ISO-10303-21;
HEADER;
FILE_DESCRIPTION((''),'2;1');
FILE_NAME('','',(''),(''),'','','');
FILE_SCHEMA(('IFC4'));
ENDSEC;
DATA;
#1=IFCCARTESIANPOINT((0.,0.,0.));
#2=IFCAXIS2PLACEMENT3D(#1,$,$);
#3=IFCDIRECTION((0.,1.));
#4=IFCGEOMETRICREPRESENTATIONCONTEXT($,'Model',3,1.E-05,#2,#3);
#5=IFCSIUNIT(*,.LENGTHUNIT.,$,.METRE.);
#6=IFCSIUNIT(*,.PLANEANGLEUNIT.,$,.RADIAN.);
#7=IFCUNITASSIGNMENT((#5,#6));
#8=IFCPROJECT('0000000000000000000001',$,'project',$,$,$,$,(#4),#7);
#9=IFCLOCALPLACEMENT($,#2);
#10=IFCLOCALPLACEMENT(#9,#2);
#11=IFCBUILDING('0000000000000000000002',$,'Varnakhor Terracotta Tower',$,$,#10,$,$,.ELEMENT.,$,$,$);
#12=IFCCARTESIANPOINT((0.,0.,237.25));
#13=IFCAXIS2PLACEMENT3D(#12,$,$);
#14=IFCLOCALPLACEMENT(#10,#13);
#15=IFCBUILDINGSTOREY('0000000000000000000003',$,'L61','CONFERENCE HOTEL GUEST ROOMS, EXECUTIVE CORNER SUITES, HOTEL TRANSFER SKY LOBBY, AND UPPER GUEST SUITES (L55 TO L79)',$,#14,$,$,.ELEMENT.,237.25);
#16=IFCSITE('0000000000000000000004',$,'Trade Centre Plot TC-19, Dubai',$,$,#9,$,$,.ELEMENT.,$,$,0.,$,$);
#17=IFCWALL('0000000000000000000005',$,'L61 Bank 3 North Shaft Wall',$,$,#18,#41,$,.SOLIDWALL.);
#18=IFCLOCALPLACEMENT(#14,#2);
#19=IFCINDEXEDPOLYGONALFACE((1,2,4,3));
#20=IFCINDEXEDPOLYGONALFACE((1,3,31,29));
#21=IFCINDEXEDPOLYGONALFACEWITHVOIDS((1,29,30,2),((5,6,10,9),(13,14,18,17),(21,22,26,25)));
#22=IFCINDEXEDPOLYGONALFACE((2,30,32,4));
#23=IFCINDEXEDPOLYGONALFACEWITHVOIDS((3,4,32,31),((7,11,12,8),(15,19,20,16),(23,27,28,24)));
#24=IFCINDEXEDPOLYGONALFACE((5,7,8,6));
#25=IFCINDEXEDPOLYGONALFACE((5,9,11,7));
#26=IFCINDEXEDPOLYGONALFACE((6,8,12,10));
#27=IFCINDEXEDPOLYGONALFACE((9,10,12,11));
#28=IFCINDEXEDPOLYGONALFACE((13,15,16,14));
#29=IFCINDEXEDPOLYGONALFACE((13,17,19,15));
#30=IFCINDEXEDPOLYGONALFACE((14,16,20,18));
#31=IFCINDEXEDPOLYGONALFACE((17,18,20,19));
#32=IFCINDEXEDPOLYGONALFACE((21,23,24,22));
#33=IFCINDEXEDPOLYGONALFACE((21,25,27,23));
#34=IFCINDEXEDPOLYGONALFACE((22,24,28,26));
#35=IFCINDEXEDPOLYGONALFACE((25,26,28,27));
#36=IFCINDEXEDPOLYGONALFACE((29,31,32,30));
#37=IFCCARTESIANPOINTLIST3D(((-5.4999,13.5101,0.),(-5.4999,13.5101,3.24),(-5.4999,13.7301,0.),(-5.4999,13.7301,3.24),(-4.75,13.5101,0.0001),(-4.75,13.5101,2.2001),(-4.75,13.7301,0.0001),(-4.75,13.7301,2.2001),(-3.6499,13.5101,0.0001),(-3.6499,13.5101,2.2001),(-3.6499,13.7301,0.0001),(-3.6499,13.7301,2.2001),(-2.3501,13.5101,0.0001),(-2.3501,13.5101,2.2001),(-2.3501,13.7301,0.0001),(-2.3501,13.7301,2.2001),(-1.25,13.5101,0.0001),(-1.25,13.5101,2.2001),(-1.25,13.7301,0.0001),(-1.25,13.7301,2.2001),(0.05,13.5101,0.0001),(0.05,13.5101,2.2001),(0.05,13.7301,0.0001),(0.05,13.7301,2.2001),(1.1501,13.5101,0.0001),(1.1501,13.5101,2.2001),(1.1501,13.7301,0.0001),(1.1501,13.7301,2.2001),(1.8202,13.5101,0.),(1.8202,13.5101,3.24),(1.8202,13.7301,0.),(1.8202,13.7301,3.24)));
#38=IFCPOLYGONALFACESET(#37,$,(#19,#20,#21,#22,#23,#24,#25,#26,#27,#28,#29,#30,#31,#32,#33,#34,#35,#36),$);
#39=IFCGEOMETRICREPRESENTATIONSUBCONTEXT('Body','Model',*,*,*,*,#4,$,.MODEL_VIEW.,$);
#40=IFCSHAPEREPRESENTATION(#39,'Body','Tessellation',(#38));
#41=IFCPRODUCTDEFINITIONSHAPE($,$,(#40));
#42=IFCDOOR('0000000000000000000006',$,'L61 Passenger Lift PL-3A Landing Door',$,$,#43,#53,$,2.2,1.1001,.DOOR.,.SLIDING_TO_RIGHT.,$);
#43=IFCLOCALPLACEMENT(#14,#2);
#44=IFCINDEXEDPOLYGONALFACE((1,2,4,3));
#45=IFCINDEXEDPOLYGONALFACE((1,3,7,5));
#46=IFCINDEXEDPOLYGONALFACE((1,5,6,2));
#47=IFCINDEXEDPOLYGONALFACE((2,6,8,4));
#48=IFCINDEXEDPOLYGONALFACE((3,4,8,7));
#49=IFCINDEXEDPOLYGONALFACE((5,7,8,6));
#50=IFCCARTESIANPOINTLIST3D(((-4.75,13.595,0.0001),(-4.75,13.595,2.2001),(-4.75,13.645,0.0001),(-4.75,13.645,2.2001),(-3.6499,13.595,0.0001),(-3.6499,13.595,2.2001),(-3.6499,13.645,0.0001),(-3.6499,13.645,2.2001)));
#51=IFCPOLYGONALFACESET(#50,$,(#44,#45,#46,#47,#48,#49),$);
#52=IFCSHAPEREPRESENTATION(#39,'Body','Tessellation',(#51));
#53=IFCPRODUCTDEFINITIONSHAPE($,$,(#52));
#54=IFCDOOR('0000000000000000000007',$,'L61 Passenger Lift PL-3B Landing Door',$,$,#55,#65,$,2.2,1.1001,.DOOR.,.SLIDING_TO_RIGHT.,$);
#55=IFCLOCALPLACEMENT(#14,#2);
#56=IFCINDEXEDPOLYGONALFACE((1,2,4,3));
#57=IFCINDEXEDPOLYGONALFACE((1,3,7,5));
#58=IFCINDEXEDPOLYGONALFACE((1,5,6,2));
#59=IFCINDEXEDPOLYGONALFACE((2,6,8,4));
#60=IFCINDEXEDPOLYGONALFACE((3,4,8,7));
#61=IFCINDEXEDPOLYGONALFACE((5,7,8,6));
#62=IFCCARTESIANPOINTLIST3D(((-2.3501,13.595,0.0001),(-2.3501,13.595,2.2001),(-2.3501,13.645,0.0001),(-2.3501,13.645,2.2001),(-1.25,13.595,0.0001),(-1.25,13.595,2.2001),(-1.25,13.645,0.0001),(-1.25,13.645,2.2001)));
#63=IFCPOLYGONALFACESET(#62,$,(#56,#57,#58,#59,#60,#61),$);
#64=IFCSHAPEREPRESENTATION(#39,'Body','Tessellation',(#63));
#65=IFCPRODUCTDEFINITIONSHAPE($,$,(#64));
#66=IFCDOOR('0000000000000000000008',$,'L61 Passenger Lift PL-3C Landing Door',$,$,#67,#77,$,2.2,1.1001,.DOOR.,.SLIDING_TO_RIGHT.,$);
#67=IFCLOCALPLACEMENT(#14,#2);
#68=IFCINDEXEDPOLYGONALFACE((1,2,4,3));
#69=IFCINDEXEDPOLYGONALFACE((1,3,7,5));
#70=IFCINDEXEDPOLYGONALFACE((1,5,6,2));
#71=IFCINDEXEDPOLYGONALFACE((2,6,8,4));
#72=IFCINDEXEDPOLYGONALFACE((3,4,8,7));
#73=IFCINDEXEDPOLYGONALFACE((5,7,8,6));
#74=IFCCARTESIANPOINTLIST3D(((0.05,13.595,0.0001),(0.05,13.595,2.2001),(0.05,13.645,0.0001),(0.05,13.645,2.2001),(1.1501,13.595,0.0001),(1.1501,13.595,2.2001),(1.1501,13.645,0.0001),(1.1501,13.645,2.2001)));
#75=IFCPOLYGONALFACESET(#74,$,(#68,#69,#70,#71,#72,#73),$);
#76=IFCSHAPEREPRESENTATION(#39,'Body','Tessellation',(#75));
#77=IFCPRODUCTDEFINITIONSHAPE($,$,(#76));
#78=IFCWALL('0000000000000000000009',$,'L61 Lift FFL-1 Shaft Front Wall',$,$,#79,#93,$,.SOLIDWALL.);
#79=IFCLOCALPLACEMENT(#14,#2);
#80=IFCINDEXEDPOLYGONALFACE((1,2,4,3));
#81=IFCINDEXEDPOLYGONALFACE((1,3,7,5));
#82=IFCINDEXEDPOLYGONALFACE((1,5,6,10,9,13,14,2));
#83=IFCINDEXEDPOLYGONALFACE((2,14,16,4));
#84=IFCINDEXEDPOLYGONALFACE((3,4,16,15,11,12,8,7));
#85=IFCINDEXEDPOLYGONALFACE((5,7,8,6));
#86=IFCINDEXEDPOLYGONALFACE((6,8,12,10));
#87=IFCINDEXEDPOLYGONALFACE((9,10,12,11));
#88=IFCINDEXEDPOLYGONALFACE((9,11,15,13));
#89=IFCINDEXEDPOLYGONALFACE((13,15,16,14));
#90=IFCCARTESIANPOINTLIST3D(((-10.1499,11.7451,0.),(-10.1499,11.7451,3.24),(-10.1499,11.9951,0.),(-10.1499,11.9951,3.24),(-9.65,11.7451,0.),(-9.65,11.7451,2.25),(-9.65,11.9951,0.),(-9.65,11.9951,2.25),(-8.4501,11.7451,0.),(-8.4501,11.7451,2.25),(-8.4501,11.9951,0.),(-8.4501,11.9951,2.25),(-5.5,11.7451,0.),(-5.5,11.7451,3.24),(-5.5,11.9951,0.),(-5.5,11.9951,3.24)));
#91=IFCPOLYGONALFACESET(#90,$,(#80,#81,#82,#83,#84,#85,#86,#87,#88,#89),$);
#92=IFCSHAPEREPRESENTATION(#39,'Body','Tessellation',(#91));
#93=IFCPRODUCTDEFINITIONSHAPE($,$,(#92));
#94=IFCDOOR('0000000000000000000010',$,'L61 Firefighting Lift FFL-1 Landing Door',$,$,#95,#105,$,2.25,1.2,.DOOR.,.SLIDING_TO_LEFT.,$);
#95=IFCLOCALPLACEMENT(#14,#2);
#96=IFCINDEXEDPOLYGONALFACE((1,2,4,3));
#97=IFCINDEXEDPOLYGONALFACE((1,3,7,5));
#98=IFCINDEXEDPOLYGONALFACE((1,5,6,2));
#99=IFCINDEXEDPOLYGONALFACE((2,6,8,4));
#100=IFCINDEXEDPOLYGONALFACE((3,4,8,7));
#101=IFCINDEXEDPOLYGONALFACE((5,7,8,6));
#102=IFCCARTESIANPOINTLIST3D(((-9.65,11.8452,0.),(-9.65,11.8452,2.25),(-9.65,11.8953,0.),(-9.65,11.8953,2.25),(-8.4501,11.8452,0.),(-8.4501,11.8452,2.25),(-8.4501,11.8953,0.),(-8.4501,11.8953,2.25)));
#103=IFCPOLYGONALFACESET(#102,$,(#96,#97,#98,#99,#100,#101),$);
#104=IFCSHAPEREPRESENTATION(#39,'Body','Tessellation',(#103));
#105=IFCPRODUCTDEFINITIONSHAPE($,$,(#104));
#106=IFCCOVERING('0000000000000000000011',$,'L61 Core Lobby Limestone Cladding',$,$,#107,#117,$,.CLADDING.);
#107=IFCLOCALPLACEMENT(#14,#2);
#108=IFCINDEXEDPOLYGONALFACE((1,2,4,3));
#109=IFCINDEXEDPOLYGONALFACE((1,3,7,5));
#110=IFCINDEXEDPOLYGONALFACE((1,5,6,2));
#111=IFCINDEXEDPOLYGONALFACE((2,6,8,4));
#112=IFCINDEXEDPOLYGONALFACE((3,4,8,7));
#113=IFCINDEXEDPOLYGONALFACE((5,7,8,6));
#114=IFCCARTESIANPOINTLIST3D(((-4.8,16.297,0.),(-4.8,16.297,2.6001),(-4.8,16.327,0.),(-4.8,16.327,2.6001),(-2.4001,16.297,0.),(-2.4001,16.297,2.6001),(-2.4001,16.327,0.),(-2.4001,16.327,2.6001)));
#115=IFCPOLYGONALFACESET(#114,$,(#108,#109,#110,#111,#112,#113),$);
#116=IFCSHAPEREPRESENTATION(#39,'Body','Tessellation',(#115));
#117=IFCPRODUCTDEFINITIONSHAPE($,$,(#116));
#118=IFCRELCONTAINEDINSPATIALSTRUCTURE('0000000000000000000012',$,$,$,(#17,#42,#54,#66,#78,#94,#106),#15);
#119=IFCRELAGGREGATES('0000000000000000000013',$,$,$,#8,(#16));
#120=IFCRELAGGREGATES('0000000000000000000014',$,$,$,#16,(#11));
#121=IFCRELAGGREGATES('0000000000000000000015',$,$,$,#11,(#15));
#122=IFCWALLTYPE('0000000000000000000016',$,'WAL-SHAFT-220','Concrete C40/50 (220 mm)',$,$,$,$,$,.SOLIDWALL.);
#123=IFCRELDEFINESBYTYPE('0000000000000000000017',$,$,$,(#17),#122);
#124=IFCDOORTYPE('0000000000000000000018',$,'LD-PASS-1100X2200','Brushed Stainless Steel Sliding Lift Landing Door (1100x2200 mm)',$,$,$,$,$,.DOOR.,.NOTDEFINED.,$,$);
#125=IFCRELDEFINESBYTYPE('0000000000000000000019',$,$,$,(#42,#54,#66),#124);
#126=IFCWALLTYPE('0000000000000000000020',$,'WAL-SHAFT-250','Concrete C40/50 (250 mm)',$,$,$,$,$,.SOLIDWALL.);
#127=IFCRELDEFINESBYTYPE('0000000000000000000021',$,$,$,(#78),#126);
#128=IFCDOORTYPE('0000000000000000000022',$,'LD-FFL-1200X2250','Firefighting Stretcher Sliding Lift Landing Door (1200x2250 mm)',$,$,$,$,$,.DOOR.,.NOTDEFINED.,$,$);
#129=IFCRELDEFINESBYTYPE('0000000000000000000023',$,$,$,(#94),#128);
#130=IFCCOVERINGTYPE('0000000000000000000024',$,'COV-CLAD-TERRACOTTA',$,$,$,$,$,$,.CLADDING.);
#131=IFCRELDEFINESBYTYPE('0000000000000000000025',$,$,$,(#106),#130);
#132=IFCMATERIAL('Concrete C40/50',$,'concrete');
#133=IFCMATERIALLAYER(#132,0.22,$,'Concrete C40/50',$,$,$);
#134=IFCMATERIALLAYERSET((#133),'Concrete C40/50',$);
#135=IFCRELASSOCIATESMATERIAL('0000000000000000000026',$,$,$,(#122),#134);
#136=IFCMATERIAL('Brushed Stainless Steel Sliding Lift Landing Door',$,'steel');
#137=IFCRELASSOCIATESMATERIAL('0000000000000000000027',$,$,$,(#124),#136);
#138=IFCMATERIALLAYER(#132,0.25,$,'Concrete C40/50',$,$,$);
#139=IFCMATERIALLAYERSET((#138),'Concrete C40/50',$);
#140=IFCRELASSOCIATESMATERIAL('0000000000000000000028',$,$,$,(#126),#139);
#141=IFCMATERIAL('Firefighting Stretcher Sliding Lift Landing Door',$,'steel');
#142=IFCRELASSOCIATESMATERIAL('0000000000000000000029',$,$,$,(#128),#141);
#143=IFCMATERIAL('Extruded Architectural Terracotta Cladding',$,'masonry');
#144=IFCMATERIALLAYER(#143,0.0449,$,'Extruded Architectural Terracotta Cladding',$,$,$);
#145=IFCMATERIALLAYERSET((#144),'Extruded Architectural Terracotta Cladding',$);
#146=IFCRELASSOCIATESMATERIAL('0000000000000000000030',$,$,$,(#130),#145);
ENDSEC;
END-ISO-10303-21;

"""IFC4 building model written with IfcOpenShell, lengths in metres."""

from ifc_helpers import new_model, si_unit, direction, frame, frame_2d, origin, origin_2d, place, context, subcontext, project, spatial, rectangle, extrude, source, transform, mapped, material, layer, layer_set, type_object, type_shapes, element, fill, save


model = new_model("IFC4")

# Units and contexts
model_context = context("Model", 3, precision=1e-05, world=origin(), true_north=direction((0.0, 1.0)))
body_context = subcontext(model_context, "Body", "Model", "MODEL_VIEW")
ifc_project = project(units=[si_unit("LENGTHUNIT", "METRE"), si_unit("PLANEANGLEUNIT", "RADIAN")], contexts=[model_context])

# Site, building, storey
site_placement = place(None, origin())
site = spatial("IfcSite", under=ifc_project, at=site_placement, Name="Trade Centre Plot TC-19, Dubai", CompositionType="ELEMENT", RefElevation=0.0)
building_placement = place(site_placement, origin())
building = spatial("IfcBuilding", under=site, at=building_placement, Name="Varnakhor Terracotta Tower", CompositionType="ELEMENT")
storey_placement = place(building_placement, frame((0.0, 0.0, 237.25)))
storey = spatial("IfcBuildingStorey", under=building, at=storey_placement, Name="L61", Description="CONFERENCE HOTEL GUEST ROOMS, EXECUTIVE CORNER SUITES, HOTEL TRANSFER SKY LOBBY, AND UPPER GUEST SUITES (L55 TO L79)", CompositionType="ELEMENT", Elevation=237.25)

# Wall, openings, doors
ifc_material_1 = material(Name="Concrete C40/50", Category="concrete")
ifc_layer_1 = layer(ifc_material_1, 0.22, Name="Concrete C40/50")
ifc_layer_set_1 = layer_set([ifc_layer_1], Name="Concrete C40/50")
wall_type_1 = type_object("IfcWallType", Name="WAL-SHAFT-220", Description="Concrete C40/50 (220 mm)", PredefinedType="SOLIDWALL", material=ifc_layer_set_1)
wall_1_placement = place(storey_placement, frame((-5.5, 13.6201, 0.0), z_axis=(0.0, 0.0, 1.0), x_axis=(1.0, 0.0, 0.0)))
wall_1 = element("IfcWall", 1, at=wall_1_placement, inside=storey, type_object=wall_type_1, Name="L61 Bank 3 North Shaft Wall", PredefinedType="SOLIDWALL", context=body_context, shape_type="SweptSolid", body=[
    extrude(rectangle(XDim=7.3201, YDim=0.22, at=frame_2d((3.6602, 0.0))), origin(), (0.0, 0.0, 1.0), 3.24),
])
opening_1_placement = place(wall_1_placement, frame((0.75, 0.0, 0.0)))
opening_1 = element("IfcOpeningElement", 2, at=opening_1_placement, cuts=wall_1, PredefinedType="OPENING", context=body_context, shape_type="SweptSolid", body=[
    extrude(rectangle(XDim=1.1001, YDim=2.2, at=frame_2d((0.55, 1.1001))), frame((0.0, 0.1201, 0.0), z_axis=(0.0, -1.0, 0.0), x_axis=(1.0, 0.0, 0.0)), (0.0, 0.0, 1.0), 0.24),
])
opening_2_placement = place(wall_1_placement, frame((3.1499, 0.0, 0.0)))
opening_2 = element("IfcOpeningElement", 3, at=opening_2_placement, cuts=wall_1, PredefinedType="OPENING", context=body_context, shape_type="SweptSolid", body=[
    extrude(rectangle(XDim=1.1001, YDim=2.2, at=frame_2d((0.55, 1.1001))), frame((0.0, 0.1201, 0.0), z_axis=(0.0, -1.0, 0.0), x_axis=(1.0, 0.0, 0.0)), (0.0, 0.0, 1.0), 0.24),
])
opening_3_placement = place(wall_1_placement, frame((5.55, 0.0, 0.0)))
opening_3 = element("IfcOpeningElement", 4, at=opening_3_placement, cuts=wall_1, PredefinedType="OPENING", context=body_context, shape_type="SweptSolid", body=[
    extrude(rectangle(XDim=1.1001, YDim=2.2, at=frame_2d((0.55, 1.1001))), frame((0.0, 0.1201, 0.0), z_axis=(0.0, -1.0, 0.0), x_axis=(1.0, 0.0, 0.0)), (0.0, 0.0, 1.0), 0.24),
])
ifc_material_2 = material(Name="Brushed Stainless Steel Sliding Lift Landing Door", Category="steel")
door_type_1 = type_object("IfcDoorType", Name="LD-PASS-1100X2200", Description="Brushed Stainless Steel Sliding Lift Landing Door (1100x2200 mm)", OperationType="NOTDEFINED", PredefinedType="DOOR", material=ifc_material_2)
shared_shape_1 = source(origin(), body_context, "Body", "SweptSolid", [
    extrude(rectangle(XDim=1.1001, YDim=2.2, at=frame_2d((0.55, 1.1001))), frame((0.0, 0.0249, 0.0), z_axis=(0.0, -1.0, 0.0), x_axis=(1.0, 0.0, 0.0)), (0.0, 0.0, 1.0), 0.05),
])
type_shapes(door_type_1, [shared_shape_1])
door_1_placement = place(opening_1_placement, origin())
door_1 = element("IfcDoor", 5, at=door_1_placement, inside=storey, type_object=door_type_1, Name="L61 Passenger Lift PL-3A Landing Door", OperationType="SLIDING_TO_RIGHT", OverallHeight=2.2, OverallWidth=1.1001, PredefinedType="DOOR", context=body_context, shape_type="MappedRepresentation", body=[
    mapped(shared_shape_1, transform((0.0, 0.0, 0.0), scale=1.0)),
])
fill(opening_1, door_1)
door_2_placement = place(opening_2_placement, origin())
door_2 = element("IfcDoor", 6, at=door_2_placement, inside=storey, type_object=door_type_1, Name="L61 Passenger Lift PL-3B Landing Door", OperationType="SLIDING_TO_RIGHT", OverallHeight=2.2, OverallWidth=1.1001, PredefinedType="DOOR", context=body_context, shape_type="MappedRepresentation", body=[
    mapped(shared_shape_1, transform((0.0, 0.0, 0.0), scale=1.0)),
])
fill(opening_2, door_2)
door_3_placement = place(opening_3_placement, origin())
door_3 = element("IfcDoor", 7, at=door_3_placement, inside=storey, type_object=door_type_1, Name="L61 Passenger Lift PL-3C Landing Door", OperationType="SLIDING_TO_RIGHT", OverallHeight=2.2, OverallWidth=1.1001, PredefinedType="DOOR", context=body_context, shape_type="MappedRepresentation", body=[
    mapped(shared_shape_1, transform((0.0, 0.0, 0.0), scale=1.0)),
])
fill(opening_3, door_3)

# Wall, opening, door
ifc_layer_2 = layer(ifc_material_1, 0.25, Name="Concrete C40/50")
ifc_layer_set_2 = layer_set([ifc_layer_2], Name="Concrete C40/50")
wall_type_2 = type_object("IfcWallType", Name="WAL-SHAFT-250", Description="Concrete C40/50 (250 mm)", PredefinedType="SOLIDWALL", material=ifc_layer_set_2)
wall_2_placement = place(storey_placement, frame((-5.5, 11.8701, 0.0), z_axis=(0.0, 0.0, 1.0), x_axis=(-1.0, 0.0, 0.0)))
wall_2 = element("IfcWall", 8, at=wall_2_placement, inside=storey, type_object=wall_type_2, Name="L61 Lift FFL-1 Shaft Front Wall", PredefinedType="SOLIDWALL", context=body_context, shape_type="SweptSolid", body=[
    extrude(rectangle(XDim=4.6499, YDim=0.25, at=frame_2d((2.325, 0.0))), origin(), (0.0, 0.0, 1.0), 3.24),
])
opening_4_placement = place(wall_2_placement, frame((2.95, 0.0, 0.0)))
opening_4 = element("IfcOpeningElement", 9, at=opening_4_placement, cuts=wall_2, PredefinedType="OPENING", context=body_context, shape_type="SweptSolid", body=[
    extrude(rectangle(XDim=1.2, YDim=2.25, at=frame_2d((0.6001, 1.125))), frame((0.0, 0.135, 0.0), z_axis=(0.0, -1.0, 0.0), x_axis=(1.0, 0.0, 0.0)), (0.0, 0.0, 1.0), 0.27),
])
ifc_material_3 = material(Name="Firefighting Stretcher Sliding Lift Landing Door", Category="steel")
door_type_2 = type_object("IfcDoorType", Name="LD-FFL-1200X2250", Description="Firefighting Stretcher Sliding Lift Landing Door (1200x2250 mm)", OperationType="NOTDEFINED", PredefinedType="DOOR", material=ifc_material_3)
shared_shape_2 = source(origin(), body_context, "Body", "SweptSolid", [
    extrude(rectangle(XDim=1.2, YDim=2.25, at=frame_2d((0.6001, 1.125))), frame((0.0, 0.0249, 0.0), z_axis=(0.0, -1.0, 0.0), x_axis=(1.0, 0.0, 0.0)), (0.0, 0.0, 1.0), 0.05),
])
type_shapes(door_type_2, [shared_shape_2])
door_4_placement = place(opening_4_placement, origin())
door_4 = element("IfcDoor", 10, at=door_4_placement, inside=storey, type_object=door_type_2, Name="L61 Firefighting Lift FFL-1 Landing Door", OperationType="SLIDING_TO_LEFT", OverallHeight=2.25, OverallWidth=1.2, PredefinedType="DOOR", context=body_context, shape_type="MappedRepresentation", body=[
    mapped(shared_shape_2, transform((0.0, 0.0, 0.0), scale=1.0)),
])
fill(opening_4, door_4)

# Covering
ifc_material_4 = material(Name="Extruded Architectural Terracotta Cladding", Category="masonry")
ifc_layer_3 = layer(ifc_material_4, 0.0449, Name="Extruded Architectural Terracotta Cladding")
ifc_layer_set_3 = layer_set([ifc_layer_3], Name="Extruded Architectural Terracotta Cladding")
covering_type = type_object("IfcCoveringType", Name="COV-CLAD-TERRACOTTA", PredefinedType="CLADDING", material=ifc_layer_set_3)
shared_shape_3 = source(origin(), body_context, "Body", "SweptSolid", [
    extrude(rectangle(XDim=2.3999, YDim=0.03, at=origin_2d()), origin(), (0.0, 0.0, 1.0), 2.6001),
])
type_shapes(covering_type, [shared_shape_3])
covering_placement = place(storey_placement, frame((-3.6001, 16.312, 0.0), z_axis=(0.0, 0.0, 1.0), x_axis=(1.0, 0.0, 0.0)))
element("IfcCovering", 11, at=covering_placement, inside=storey, type_object=covering_type, Name="L61 Core Lobby Limestone Cladding", PredefinedType="CLADDING", context=body_context, shape_type="MappedRepresentation", body=[
    mapped(shared_shape_3, transform((0.0, 0.0, 0.0), scale=1.0)),
])

save(model, "model.ifc")
